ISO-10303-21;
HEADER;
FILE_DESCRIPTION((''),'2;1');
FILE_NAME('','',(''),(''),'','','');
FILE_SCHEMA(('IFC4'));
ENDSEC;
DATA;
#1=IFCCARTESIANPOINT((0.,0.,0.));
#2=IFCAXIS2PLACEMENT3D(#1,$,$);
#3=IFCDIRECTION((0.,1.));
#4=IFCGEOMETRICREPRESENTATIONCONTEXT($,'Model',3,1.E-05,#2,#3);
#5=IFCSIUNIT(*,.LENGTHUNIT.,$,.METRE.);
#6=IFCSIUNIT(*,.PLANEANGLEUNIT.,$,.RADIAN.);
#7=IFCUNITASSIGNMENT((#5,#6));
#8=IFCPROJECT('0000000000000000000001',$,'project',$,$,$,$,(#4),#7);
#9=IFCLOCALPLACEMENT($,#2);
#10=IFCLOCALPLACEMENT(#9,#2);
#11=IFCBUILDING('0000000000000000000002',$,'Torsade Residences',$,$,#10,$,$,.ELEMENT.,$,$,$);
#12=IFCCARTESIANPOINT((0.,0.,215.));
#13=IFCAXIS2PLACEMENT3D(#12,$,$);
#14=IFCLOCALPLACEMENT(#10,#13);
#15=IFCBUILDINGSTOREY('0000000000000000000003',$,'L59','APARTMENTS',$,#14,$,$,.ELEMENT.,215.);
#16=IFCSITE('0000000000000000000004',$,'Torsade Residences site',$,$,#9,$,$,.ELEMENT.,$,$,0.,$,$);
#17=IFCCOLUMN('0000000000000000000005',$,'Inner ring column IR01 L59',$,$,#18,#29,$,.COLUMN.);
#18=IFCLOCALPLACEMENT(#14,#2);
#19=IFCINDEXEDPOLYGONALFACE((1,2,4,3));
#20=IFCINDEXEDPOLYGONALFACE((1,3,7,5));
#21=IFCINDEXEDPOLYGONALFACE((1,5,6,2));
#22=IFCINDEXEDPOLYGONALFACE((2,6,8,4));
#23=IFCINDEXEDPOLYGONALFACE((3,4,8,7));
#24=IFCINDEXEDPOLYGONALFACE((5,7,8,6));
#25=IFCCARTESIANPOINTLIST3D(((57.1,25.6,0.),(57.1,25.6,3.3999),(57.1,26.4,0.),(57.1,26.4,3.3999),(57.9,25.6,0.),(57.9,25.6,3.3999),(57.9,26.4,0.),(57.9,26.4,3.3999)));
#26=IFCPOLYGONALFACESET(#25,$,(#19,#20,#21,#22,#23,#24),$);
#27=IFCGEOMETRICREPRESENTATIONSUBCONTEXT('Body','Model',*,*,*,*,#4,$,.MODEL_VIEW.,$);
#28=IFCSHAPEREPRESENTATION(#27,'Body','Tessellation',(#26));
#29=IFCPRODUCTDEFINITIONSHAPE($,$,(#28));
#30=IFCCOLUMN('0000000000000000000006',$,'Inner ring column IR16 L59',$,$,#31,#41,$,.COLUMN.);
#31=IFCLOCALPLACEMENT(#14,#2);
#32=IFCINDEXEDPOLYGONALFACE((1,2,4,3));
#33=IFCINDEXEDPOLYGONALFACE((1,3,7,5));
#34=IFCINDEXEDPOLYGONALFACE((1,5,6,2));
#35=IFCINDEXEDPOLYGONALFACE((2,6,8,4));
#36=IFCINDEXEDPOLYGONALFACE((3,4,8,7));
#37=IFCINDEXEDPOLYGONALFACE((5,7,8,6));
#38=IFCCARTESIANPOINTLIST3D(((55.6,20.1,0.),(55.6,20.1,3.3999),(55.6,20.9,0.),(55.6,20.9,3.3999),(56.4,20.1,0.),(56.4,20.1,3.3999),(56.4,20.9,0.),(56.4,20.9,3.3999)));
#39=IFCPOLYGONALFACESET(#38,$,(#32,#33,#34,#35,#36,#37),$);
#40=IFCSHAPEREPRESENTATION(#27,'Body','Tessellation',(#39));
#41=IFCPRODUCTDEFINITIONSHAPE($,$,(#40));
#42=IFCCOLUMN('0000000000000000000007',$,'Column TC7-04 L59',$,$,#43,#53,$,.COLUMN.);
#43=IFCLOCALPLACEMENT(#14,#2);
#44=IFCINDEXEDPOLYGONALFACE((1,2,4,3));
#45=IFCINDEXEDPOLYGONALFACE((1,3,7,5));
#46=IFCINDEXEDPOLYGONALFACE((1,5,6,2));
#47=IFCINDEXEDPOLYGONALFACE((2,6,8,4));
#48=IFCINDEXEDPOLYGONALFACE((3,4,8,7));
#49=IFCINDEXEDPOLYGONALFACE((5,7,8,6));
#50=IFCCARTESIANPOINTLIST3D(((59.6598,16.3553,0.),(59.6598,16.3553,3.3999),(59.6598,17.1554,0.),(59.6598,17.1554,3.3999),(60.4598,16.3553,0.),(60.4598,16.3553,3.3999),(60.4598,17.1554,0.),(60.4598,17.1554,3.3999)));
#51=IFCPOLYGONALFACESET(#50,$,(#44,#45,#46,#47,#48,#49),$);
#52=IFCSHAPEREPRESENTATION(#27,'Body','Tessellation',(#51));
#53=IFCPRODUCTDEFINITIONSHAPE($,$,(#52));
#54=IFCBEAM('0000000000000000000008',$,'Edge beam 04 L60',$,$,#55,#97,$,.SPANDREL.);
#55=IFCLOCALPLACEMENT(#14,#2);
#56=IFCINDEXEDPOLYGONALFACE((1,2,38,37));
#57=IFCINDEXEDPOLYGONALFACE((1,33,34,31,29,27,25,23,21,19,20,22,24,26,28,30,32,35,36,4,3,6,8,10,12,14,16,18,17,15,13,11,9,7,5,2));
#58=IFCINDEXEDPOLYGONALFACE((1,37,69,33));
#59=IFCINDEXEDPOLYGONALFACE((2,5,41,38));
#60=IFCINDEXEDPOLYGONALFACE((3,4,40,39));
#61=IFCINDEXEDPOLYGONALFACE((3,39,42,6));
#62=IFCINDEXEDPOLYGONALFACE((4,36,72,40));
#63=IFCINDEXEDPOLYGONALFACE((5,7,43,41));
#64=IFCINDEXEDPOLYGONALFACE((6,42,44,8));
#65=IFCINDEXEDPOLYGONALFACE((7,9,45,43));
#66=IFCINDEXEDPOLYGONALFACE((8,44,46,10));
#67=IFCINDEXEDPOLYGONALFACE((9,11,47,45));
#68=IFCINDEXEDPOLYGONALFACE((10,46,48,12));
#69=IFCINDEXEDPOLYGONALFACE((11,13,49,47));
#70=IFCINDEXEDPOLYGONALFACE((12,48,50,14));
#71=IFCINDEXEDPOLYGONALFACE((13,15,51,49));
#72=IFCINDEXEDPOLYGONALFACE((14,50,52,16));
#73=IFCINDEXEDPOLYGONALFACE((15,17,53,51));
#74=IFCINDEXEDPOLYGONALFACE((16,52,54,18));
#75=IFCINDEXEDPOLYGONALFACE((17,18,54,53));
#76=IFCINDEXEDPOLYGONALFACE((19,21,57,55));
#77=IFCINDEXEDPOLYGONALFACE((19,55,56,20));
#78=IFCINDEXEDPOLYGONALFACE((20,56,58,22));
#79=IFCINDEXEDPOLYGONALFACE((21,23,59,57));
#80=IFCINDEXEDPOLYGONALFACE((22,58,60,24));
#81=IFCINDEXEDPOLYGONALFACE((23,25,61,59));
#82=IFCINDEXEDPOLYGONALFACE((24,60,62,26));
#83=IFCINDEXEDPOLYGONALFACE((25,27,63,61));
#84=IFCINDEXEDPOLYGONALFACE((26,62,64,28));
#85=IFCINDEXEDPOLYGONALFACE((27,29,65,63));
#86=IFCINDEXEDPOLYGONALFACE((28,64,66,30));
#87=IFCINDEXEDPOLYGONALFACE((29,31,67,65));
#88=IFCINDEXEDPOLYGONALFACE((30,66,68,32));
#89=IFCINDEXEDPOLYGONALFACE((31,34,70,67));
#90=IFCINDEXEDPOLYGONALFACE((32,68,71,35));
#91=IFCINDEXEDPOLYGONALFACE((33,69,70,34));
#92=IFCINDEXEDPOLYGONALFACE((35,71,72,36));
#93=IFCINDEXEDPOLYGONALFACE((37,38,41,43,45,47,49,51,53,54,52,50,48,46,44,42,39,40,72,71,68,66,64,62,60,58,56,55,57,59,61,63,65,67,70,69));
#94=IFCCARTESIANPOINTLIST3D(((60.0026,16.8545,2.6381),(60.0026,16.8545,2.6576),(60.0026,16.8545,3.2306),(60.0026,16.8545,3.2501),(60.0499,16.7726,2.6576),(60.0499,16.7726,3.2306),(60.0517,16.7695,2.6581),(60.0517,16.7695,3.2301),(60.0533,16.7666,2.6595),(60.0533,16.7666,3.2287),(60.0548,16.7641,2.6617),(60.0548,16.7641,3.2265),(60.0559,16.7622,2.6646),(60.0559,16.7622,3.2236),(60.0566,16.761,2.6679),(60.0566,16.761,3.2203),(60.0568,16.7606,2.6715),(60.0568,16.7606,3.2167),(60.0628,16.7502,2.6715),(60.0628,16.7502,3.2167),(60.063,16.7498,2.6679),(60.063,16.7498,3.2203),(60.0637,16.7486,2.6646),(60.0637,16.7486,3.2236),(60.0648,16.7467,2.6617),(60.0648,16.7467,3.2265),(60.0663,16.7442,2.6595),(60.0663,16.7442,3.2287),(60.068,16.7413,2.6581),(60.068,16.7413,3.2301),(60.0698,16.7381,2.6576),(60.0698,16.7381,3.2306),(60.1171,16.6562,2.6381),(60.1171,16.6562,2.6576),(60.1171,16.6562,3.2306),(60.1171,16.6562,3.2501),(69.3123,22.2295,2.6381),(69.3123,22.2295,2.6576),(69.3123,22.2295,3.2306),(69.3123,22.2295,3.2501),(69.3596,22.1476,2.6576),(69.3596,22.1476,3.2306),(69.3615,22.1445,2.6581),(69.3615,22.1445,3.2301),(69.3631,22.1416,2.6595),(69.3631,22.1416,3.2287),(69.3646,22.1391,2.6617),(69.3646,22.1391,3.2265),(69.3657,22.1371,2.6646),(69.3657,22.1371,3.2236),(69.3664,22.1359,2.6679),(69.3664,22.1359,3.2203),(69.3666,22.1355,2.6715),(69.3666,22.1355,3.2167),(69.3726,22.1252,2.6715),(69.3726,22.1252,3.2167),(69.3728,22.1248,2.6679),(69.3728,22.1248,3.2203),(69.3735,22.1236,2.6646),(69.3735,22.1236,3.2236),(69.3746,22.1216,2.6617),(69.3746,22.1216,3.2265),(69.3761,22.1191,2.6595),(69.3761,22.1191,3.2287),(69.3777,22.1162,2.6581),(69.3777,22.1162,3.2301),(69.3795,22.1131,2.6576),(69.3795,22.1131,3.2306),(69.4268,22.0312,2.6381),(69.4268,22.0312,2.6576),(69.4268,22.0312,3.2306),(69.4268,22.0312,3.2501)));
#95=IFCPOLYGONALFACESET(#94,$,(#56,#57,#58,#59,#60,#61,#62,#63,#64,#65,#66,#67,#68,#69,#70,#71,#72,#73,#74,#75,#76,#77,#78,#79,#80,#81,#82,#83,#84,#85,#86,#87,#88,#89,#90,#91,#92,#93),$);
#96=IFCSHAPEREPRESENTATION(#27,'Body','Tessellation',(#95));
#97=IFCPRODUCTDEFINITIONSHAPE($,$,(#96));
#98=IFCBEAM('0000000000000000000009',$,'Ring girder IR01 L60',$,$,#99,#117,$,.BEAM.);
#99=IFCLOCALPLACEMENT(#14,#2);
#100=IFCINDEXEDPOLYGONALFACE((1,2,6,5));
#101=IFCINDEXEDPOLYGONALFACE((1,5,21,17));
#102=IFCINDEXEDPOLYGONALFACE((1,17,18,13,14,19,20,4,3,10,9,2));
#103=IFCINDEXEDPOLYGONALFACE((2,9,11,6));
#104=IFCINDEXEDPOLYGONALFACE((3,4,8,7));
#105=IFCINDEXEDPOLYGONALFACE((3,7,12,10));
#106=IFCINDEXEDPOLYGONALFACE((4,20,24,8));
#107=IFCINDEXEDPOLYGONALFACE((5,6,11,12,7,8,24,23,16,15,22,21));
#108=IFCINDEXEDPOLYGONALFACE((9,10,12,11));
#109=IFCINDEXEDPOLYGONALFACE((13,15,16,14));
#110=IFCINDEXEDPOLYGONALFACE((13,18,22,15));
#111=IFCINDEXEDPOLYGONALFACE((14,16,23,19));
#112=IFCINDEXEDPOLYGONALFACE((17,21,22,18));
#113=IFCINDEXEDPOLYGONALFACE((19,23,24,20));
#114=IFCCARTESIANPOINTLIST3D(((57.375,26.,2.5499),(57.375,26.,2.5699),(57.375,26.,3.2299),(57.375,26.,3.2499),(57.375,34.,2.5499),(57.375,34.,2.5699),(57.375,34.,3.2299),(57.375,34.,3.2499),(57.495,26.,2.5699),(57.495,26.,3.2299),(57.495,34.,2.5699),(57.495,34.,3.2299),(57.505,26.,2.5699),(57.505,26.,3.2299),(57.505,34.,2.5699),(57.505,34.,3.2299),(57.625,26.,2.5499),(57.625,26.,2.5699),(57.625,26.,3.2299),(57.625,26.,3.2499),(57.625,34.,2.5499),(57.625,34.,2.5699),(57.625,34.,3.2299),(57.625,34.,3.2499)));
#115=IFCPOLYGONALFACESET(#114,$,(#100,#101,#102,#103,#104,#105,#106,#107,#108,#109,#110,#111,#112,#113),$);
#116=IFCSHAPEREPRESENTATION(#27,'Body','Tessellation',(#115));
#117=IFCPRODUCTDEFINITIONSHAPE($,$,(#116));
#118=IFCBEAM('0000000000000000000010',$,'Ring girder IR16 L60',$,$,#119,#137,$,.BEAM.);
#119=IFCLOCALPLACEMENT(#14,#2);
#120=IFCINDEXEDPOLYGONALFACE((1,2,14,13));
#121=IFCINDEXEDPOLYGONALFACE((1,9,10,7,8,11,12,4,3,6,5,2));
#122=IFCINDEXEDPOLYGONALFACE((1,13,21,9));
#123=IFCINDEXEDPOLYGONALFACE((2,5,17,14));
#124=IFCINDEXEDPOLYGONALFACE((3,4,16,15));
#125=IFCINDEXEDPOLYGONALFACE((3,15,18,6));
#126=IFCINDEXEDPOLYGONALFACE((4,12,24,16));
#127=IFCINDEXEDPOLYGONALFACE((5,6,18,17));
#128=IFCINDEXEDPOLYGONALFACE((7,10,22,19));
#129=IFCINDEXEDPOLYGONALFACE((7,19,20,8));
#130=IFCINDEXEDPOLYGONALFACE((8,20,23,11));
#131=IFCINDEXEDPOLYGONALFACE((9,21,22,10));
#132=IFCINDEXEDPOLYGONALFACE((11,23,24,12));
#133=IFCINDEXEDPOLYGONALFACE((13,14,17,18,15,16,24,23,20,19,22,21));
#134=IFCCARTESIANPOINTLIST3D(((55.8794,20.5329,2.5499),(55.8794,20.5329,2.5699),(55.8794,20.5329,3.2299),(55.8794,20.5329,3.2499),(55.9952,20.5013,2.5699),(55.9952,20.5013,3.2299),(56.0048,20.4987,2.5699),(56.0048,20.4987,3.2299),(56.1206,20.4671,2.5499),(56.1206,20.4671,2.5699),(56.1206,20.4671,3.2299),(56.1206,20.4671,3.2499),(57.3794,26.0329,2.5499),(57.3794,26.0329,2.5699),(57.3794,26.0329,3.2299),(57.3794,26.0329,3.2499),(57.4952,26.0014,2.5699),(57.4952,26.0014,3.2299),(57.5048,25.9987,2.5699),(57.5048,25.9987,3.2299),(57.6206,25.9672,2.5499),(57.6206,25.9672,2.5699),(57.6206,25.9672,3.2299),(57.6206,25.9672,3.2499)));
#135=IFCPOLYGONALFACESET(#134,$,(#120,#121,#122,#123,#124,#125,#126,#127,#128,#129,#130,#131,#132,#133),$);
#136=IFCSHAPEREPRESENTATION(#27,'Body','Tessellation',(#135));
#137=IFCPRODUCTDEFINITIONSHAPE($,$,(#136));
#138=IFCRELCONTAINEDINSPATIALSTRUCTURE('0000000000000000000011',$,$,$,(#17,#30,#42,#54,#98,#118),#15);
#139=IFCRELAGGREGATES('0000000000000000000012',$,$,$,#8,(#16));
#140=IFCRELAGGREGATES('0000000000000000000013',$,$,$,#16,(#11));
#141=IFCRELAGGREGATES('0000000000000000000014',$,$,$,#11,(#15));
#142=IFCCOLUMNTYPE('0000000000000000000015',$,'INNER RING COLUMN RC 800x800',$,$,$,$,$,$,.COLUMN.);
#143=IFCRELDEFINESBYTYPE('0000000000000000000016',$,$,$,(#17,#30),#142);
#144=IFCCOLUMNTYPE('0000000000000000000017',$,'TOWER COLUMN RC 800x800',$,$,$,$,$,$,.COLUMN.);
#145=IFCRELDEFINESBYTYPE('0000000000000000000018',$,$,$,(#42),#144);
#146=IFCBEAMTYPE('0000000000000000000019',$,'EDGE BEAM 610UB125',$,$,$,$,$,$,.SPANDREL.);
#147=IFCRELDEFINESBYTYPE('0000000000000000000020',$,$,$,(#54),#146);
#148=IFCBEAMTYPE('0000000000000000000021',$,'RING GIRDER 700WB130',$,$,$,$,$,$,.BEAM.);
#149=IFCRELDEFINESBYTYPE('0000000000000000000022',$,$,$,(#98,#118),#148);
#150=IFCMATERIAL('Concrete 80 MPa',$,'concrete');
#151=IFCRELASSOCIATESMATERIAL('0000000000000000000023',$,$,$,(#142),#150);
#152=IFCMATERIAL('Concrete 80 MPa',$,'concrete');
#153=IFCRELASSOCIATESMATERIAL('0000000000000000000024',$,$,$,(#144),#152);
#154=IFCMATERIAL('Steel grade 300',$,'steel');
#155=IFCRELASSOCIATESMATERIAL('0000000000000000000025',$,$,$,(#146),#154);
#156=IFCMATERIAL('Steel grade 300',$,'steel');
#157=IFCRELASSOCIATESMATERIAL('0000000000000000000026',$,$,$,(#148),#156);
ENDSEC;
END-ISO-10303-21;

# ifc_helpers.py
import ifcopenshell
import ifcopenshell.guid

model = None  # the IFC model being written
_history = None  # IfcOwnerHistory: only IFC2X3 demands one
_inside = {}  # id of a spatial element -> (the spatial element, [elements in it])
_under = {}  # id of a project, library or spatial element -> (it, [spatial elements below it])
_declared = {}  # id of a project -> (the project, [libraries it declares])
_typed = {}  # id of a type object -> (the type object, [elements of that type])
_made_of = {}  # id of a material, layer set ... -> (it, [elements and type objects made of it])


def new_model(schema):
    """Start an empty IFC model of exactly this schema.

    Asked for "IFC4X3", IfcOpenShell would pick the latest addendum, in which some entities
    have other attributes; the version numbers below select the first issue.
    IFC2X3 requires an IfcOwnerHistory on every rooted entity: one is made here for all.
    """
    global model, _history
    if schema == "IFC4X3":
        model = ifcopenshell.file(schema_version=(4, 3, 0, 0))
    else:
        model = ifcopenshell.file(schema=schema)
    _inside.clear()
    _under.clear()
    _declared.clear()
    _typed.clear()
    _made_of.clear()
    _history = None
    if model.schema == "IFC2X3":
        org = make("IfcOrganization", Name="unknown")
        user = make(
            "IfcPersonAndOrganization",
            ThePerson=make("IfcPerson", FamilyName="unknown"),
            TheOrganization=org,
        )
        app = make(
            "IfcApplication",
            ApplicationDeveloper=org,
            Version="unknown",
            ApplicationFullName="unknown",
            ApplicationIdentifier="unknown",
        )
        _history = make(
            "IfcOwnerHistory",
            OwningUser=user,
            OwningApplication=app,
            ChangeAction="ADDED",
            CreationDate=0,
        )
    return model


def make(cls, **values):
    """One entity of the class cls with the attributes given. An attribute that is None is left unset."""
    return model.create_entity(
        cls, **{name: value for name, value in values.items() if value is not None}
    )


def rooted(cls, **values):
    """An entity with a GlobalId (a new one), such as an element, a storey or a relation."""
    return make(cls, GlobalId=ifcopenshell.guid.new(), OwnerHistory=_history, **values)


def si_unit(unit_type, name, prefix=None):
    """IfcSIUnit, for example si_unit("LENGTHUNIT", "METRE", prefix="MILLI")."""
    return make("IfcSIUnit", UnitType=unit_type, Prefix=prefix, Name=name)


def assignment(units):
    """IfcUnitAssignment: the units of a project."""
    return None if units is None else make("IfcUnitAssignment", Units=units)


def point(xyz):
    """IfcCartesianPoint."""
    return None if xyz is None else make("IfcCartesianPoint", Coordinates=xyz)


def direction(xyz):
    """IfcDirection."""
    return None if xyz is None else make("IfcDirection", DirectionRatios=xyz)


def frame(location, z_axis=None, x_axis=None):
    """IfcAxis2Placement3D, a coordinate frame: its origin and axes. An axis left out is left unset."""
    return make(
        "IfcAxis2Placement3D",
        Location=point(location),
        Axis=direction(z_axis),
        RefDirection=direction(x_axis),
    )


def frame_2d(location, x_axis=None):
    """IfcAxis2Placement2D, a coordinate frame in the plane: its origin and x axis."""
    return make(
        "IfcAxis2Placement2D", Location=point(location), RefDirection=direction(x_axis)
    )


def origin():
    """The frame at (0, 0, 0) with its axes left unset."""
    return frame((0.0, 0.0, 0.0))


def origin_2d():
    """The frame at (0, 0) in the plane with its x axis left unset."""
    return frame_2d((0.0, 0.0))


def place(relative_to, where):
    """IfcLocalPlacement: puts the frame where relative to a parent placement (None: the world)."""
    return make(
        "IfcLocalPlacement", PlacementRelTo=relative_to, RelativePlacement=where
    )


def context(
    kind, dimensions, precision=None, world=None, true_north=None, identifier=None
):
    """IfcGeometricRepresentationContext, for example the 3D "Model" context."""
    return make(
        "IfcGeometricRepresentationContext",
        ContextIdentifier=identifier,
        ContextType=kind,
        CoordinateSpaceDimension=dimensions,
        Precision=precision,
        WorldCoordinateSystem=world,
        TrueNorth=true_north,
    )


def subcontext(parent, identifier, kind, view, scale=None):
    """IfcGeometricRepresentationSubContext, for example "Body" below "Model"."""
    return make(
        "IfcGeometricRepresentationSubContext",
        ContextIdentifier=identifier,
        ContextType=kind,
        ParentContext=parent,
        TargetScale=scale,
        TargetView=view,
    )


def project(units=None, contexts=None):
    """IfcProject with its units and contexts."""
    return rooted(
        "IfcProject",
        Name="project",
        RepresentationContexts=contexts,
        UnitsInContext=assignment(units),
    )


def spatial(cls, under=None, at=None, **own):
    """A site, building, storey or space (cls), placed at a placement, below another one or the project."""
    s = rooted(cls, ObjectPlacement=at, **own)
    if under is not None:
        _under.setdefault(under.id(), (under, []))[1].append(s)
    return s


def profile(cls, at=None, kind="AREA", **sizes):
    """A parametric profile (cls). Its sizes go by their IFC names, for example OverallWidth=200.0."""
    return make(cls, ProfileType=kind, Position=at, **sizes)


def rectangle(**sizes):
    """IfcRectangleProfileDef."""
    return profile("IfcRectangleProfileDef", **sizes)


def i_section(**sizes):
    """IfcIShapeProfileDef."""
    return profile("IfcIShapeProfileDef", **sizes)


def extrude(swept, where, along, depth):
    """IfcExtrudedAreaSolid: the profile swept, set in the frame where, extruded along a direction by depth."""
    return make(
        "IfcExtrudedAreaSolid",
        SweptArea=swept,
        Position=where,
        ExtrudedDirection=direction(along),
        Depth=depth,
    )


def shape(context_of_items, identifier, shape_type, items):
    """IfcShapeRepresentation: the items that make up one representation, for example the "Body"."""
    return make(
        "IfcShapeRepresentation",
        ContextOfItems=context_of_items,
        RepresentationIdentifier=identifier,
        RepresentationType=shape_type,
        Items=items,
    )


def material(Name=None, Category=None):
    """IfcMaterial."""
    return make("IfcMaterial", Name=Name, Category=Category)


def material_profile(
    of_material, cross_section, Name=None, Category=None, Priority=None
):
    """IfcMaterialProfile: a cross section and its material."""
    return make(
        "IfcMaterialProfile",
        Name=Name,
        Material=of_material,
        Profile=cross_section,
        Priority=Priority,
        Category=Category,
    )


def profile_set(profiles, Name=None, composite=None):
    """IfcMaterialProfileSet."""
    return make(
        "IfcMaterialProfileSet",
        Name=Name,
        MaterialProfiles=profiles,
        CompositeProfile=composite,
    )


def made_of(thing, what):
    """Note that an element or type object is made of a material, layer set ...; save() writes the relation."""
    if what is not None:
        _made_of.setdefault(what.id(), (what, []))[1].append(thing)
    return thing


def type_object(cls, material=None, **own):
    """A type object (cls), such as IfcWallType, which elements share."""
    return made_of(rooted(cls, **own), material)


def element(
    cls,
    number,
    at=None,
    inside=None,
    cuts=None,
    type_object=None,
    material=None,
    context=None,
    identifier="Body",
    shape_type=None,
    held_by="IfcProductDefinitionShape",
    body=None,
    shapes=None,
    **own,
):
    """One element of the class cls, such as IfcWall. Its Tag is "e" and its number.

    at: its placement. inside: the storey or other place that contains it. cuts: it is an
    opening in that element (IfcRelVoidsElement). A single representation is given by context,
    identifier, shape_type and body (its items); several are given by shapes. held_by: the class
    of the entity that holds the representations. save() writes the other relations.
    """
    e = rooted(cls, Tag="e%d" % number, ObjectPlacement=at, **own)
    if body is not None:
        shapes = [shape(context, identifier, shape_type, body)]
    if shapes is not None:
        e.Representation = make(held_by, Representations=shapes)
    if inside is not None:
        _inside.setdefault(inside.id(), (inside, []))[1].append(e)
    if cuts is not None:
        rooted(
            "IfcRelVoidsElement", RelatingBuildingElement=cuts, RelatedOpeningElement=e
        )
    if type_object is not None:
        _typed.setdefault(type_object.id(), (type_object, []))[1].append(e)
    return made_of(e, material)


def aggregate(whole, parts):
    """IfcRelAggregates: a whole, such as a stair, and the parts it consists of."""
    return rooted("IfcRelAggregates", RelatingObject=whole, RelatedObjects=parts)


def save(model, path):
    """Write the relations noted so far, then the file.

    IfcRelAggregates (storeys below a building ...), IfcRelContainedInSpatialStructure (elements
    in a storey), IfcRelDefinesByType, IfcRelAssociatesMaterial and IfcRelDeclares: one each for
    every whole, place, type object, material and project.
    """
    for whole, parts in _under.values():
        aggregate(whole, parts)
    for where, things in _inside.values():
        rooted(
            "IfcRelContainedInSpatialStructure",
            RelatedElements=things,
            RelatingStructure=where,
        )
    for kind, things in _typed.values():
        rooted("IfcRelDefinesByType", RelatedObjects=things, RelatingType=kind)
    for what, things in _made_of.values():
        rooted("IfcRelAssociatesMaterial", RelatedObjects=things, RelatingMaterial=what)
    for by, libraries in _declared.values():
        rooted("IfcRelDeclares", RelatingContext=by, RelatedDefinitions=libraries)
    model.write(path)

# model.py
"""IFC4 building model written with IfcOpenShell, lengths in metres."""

from ifc_helpers import new_model, si_unit, direction, frame, origin, origin_2d, place, context, subcontext, project, spatial, rectangle, i_section, extrude, material, material_profile, profile_set, type_object, element, save


model = new_model("IFC4")

# Units and contexts
model_context = context("Model", 3, precision=1e-05, world=origin(), true_north=direction((0.0, 1.0)))
body_context = subcontext(model_context, "Body", "Model", "MODEL_VIEW")
ifc_project = project(units=[si_unit("LENGTHUNIT", "METRE"), si_unit("PLANEANGLEUNIT", "RADIAN")], contexts=[model_context])

# Site, building, storey
site_placement = place(None, origin())
site = spatial("IfcSite", under=ifc_project, at=site_placement, Name="Torsade Residences site", CompositionType="ELEMENT", RefElevation=0.0)
building_placement = place(site_placement, origin())
building = spatial("IfcBuilding", under=site, at=building_placement, Name="Torsade Residences", CompositionType="ELEMENT")
storey_placement = place(building_placement, frame((0.0, 0.0, 215.0)))
storey = spatial("IfcBuildingStorey", under=building, at=storey_placement, Name="L59", Description="APARTMENTS", CompositionType="ELEMENT", Elevation=215.0)

# Columns
ifc_material_1 = material(Name="Concrete 80 MPa", Category="concrete")
ifc_material_profile_1 = material_profile(ifc_material_1, rectangle(XDim=0.8, YDim=0.8, at=origin_2d()), Name="RC 800x800")
ifc_profile_set_1 = profile_set([ifc_material_profile_1], Name="Concrete 80 MPa")
column_type_1 = type_object("IfcColumnType", Name="INNER RING COLUMN RC 800x800", PredefinedType="COLUMN", material=ifc_profile_set_1)
for number, where, z_axis, x_axis, name in (
    (1, (57.5, 26.0, 0.0), (0.0, 0.0, 1.0), (1.0, 0.0, 0.0), "Inner ring column IR01 L59"),
    (2, (56.0, 20.5, 0.0), (0.0, 0.0, 1.0), (1.0, 0.0, 0.0), "Inner ring column IR16 L59"),
):
    element("IfcColumn", number, at=place(storey_placement, frame(where, z_axis=z_axis, x_axis=x_axis)), inside=storey, type_object=column_type_1, Name=name, PredefinedType="COLUMN", context=body_context, shape_type="SweptSolid", body=[
        extrude(rectangle(XDim=0.8, YDim=0.8, at=origin_2d()), origin(), (0.0, 0.0, 1.0), 3.3999),
    ])
ifc_material_2 = material(Name="Concrete 80 MPa", Category="concrete")
ifc_material_profile_2 = material_profile(ifc_material_2, rectangle(XDim=0.8, YDim=0.8, at=origin_2d()), Name="RC 800x800")
ifc_profile_set_2 = profile_set([ifc_material_profile_2], Name="Concrete 80 MPa")
column_type_2 = type_object("IfcColumnType", Name="TOWER COLUMN RC 800x800", PredefinedType="COLUMN", material=ifc_profile_set_2)
column_placement = place(storey_placement, frame((60.0598, 16.7554, 0.0), z_axis=(0.0, 0.0, 1.0), x_axis=(1.0, 0.0, 0.0)))
element("IfcColumn", 3, at=column_placement, inside=storey, type_object=column_type_2, Name="Column TC7-04 L59", PredefinedType="COLUMN", context=body_context, shape_type="SweptSolid", body=[
    extrude(rectangle(XDim=0.8, YDim=0.8, at=origin_2d()), origin(), (0.0, 0.0, 1.0), 3.3999),
])

# Beams
ifc_material_3 = material(Name="Steel grade 300", Category="steel")
ifc_material_profile_3 = material_profile(ifc_material_3, i_section(OverallWidth=0.229, OverallDepth=0.6121, WebThickness=0.012, FlangeThickness=0.0195, FilletRadius=0.0139, at=origin_2d()), Name="610UB125")
ifc_profile_set_3 = profile_set([ifc_material_profile_3], Name="Steel grade 300")
beam_type_1 = type_object("IfcBeamType", Name="EDGE BEAM 610UB125", PredefinedType="SPANDREL", material=ifc_profile_set_3)
beam_1_placement = place(storey_placement, frame((60.0598, 16.7554, 2.9441), z_axis=(0.866026, 0.499998, 0.0), x_axis=(-0.499998, 0.866026, 0.0)))
element("IfcBeam", 4, at=beam_1_placement, inside=storey, type_object=beam_type_1, Name="Edge beam 04 L60", PredefinedType="SPANDREL", context=body_context, shape_type="SweptSolid", body=[
    extrude(i_section(OverallWidth=0.229, OverallDepth=0.6121, WebThickness=0.012, FlangeThickness=0.0195, FilletRadius=0.0139, at=origin_2d()), origin(), (0.0, 0.0, 1.0), 10.75),
])
ifc_material_4 = material(Name="Steel grade 300", Category="steel")
ifc_material_profile_4 = material_profile(ifc_material_4, i_section(OverallWidth=0.25, OverallDepth=0.7, WebThickness=0.01, FlangeThickness=0.02, at=origin_2d()), Name="700WB130")
ifc_profile_set_4 = profile_set([ifc_material_profile_4], Name="Steel grade 300")
beam_type_2 = type_object("IfcBeamType", Name="RING GIRDER 700WB130", PredefinedType="BEAM", material=ifc_profile_set_4)
beam_2_placement = place(storey_placement, frame((57.5, 26.0, 2.8999), z_axis=(0.0, 1.0, 0.0), x_axis=(-1.0, 0.0, 0.0)))
element("IfcBeam", 5, at=beam_2_placement, inside=storey, type_object=beam_type_2, Name="Ring girder IR01 L60", PredefinedType="BEAM", context=body_context, shape_type="SweptSolid", body=[
    extrude(i_section(OverallWidth=0.25, OverallDepth=0.7, WebThickness=0.01, FlangeThickness=0.02, at=origin_2d()), origin(), (0.0, 0.0, 1.0), 8.0),
])
beam_3_placement = place(storey_placement, frame((56.0, 20.5, 2.8999), z_axis=(0.263117, 0.964764, 0.0), x_axis=(-0.964764, 0.263117, 0.0)))
element("IfcBeam", 6, at=beam_3_placement, inside=storey, type_object=beam_type_2, Name="Ring girder IR16 L60", PredefinedType="BEAM", context=body_context, shape_type="SweptSolid", body=[
    extrude(i_section(OverallWidth=0.25, OverallDepth=0.7, WebThickness=0.01, FlangeThickness=0.02, at=origin_2d()), origin(), (0.0, 0.0, 1.0), 5.7009),
])

save(model, "model.ifc")
